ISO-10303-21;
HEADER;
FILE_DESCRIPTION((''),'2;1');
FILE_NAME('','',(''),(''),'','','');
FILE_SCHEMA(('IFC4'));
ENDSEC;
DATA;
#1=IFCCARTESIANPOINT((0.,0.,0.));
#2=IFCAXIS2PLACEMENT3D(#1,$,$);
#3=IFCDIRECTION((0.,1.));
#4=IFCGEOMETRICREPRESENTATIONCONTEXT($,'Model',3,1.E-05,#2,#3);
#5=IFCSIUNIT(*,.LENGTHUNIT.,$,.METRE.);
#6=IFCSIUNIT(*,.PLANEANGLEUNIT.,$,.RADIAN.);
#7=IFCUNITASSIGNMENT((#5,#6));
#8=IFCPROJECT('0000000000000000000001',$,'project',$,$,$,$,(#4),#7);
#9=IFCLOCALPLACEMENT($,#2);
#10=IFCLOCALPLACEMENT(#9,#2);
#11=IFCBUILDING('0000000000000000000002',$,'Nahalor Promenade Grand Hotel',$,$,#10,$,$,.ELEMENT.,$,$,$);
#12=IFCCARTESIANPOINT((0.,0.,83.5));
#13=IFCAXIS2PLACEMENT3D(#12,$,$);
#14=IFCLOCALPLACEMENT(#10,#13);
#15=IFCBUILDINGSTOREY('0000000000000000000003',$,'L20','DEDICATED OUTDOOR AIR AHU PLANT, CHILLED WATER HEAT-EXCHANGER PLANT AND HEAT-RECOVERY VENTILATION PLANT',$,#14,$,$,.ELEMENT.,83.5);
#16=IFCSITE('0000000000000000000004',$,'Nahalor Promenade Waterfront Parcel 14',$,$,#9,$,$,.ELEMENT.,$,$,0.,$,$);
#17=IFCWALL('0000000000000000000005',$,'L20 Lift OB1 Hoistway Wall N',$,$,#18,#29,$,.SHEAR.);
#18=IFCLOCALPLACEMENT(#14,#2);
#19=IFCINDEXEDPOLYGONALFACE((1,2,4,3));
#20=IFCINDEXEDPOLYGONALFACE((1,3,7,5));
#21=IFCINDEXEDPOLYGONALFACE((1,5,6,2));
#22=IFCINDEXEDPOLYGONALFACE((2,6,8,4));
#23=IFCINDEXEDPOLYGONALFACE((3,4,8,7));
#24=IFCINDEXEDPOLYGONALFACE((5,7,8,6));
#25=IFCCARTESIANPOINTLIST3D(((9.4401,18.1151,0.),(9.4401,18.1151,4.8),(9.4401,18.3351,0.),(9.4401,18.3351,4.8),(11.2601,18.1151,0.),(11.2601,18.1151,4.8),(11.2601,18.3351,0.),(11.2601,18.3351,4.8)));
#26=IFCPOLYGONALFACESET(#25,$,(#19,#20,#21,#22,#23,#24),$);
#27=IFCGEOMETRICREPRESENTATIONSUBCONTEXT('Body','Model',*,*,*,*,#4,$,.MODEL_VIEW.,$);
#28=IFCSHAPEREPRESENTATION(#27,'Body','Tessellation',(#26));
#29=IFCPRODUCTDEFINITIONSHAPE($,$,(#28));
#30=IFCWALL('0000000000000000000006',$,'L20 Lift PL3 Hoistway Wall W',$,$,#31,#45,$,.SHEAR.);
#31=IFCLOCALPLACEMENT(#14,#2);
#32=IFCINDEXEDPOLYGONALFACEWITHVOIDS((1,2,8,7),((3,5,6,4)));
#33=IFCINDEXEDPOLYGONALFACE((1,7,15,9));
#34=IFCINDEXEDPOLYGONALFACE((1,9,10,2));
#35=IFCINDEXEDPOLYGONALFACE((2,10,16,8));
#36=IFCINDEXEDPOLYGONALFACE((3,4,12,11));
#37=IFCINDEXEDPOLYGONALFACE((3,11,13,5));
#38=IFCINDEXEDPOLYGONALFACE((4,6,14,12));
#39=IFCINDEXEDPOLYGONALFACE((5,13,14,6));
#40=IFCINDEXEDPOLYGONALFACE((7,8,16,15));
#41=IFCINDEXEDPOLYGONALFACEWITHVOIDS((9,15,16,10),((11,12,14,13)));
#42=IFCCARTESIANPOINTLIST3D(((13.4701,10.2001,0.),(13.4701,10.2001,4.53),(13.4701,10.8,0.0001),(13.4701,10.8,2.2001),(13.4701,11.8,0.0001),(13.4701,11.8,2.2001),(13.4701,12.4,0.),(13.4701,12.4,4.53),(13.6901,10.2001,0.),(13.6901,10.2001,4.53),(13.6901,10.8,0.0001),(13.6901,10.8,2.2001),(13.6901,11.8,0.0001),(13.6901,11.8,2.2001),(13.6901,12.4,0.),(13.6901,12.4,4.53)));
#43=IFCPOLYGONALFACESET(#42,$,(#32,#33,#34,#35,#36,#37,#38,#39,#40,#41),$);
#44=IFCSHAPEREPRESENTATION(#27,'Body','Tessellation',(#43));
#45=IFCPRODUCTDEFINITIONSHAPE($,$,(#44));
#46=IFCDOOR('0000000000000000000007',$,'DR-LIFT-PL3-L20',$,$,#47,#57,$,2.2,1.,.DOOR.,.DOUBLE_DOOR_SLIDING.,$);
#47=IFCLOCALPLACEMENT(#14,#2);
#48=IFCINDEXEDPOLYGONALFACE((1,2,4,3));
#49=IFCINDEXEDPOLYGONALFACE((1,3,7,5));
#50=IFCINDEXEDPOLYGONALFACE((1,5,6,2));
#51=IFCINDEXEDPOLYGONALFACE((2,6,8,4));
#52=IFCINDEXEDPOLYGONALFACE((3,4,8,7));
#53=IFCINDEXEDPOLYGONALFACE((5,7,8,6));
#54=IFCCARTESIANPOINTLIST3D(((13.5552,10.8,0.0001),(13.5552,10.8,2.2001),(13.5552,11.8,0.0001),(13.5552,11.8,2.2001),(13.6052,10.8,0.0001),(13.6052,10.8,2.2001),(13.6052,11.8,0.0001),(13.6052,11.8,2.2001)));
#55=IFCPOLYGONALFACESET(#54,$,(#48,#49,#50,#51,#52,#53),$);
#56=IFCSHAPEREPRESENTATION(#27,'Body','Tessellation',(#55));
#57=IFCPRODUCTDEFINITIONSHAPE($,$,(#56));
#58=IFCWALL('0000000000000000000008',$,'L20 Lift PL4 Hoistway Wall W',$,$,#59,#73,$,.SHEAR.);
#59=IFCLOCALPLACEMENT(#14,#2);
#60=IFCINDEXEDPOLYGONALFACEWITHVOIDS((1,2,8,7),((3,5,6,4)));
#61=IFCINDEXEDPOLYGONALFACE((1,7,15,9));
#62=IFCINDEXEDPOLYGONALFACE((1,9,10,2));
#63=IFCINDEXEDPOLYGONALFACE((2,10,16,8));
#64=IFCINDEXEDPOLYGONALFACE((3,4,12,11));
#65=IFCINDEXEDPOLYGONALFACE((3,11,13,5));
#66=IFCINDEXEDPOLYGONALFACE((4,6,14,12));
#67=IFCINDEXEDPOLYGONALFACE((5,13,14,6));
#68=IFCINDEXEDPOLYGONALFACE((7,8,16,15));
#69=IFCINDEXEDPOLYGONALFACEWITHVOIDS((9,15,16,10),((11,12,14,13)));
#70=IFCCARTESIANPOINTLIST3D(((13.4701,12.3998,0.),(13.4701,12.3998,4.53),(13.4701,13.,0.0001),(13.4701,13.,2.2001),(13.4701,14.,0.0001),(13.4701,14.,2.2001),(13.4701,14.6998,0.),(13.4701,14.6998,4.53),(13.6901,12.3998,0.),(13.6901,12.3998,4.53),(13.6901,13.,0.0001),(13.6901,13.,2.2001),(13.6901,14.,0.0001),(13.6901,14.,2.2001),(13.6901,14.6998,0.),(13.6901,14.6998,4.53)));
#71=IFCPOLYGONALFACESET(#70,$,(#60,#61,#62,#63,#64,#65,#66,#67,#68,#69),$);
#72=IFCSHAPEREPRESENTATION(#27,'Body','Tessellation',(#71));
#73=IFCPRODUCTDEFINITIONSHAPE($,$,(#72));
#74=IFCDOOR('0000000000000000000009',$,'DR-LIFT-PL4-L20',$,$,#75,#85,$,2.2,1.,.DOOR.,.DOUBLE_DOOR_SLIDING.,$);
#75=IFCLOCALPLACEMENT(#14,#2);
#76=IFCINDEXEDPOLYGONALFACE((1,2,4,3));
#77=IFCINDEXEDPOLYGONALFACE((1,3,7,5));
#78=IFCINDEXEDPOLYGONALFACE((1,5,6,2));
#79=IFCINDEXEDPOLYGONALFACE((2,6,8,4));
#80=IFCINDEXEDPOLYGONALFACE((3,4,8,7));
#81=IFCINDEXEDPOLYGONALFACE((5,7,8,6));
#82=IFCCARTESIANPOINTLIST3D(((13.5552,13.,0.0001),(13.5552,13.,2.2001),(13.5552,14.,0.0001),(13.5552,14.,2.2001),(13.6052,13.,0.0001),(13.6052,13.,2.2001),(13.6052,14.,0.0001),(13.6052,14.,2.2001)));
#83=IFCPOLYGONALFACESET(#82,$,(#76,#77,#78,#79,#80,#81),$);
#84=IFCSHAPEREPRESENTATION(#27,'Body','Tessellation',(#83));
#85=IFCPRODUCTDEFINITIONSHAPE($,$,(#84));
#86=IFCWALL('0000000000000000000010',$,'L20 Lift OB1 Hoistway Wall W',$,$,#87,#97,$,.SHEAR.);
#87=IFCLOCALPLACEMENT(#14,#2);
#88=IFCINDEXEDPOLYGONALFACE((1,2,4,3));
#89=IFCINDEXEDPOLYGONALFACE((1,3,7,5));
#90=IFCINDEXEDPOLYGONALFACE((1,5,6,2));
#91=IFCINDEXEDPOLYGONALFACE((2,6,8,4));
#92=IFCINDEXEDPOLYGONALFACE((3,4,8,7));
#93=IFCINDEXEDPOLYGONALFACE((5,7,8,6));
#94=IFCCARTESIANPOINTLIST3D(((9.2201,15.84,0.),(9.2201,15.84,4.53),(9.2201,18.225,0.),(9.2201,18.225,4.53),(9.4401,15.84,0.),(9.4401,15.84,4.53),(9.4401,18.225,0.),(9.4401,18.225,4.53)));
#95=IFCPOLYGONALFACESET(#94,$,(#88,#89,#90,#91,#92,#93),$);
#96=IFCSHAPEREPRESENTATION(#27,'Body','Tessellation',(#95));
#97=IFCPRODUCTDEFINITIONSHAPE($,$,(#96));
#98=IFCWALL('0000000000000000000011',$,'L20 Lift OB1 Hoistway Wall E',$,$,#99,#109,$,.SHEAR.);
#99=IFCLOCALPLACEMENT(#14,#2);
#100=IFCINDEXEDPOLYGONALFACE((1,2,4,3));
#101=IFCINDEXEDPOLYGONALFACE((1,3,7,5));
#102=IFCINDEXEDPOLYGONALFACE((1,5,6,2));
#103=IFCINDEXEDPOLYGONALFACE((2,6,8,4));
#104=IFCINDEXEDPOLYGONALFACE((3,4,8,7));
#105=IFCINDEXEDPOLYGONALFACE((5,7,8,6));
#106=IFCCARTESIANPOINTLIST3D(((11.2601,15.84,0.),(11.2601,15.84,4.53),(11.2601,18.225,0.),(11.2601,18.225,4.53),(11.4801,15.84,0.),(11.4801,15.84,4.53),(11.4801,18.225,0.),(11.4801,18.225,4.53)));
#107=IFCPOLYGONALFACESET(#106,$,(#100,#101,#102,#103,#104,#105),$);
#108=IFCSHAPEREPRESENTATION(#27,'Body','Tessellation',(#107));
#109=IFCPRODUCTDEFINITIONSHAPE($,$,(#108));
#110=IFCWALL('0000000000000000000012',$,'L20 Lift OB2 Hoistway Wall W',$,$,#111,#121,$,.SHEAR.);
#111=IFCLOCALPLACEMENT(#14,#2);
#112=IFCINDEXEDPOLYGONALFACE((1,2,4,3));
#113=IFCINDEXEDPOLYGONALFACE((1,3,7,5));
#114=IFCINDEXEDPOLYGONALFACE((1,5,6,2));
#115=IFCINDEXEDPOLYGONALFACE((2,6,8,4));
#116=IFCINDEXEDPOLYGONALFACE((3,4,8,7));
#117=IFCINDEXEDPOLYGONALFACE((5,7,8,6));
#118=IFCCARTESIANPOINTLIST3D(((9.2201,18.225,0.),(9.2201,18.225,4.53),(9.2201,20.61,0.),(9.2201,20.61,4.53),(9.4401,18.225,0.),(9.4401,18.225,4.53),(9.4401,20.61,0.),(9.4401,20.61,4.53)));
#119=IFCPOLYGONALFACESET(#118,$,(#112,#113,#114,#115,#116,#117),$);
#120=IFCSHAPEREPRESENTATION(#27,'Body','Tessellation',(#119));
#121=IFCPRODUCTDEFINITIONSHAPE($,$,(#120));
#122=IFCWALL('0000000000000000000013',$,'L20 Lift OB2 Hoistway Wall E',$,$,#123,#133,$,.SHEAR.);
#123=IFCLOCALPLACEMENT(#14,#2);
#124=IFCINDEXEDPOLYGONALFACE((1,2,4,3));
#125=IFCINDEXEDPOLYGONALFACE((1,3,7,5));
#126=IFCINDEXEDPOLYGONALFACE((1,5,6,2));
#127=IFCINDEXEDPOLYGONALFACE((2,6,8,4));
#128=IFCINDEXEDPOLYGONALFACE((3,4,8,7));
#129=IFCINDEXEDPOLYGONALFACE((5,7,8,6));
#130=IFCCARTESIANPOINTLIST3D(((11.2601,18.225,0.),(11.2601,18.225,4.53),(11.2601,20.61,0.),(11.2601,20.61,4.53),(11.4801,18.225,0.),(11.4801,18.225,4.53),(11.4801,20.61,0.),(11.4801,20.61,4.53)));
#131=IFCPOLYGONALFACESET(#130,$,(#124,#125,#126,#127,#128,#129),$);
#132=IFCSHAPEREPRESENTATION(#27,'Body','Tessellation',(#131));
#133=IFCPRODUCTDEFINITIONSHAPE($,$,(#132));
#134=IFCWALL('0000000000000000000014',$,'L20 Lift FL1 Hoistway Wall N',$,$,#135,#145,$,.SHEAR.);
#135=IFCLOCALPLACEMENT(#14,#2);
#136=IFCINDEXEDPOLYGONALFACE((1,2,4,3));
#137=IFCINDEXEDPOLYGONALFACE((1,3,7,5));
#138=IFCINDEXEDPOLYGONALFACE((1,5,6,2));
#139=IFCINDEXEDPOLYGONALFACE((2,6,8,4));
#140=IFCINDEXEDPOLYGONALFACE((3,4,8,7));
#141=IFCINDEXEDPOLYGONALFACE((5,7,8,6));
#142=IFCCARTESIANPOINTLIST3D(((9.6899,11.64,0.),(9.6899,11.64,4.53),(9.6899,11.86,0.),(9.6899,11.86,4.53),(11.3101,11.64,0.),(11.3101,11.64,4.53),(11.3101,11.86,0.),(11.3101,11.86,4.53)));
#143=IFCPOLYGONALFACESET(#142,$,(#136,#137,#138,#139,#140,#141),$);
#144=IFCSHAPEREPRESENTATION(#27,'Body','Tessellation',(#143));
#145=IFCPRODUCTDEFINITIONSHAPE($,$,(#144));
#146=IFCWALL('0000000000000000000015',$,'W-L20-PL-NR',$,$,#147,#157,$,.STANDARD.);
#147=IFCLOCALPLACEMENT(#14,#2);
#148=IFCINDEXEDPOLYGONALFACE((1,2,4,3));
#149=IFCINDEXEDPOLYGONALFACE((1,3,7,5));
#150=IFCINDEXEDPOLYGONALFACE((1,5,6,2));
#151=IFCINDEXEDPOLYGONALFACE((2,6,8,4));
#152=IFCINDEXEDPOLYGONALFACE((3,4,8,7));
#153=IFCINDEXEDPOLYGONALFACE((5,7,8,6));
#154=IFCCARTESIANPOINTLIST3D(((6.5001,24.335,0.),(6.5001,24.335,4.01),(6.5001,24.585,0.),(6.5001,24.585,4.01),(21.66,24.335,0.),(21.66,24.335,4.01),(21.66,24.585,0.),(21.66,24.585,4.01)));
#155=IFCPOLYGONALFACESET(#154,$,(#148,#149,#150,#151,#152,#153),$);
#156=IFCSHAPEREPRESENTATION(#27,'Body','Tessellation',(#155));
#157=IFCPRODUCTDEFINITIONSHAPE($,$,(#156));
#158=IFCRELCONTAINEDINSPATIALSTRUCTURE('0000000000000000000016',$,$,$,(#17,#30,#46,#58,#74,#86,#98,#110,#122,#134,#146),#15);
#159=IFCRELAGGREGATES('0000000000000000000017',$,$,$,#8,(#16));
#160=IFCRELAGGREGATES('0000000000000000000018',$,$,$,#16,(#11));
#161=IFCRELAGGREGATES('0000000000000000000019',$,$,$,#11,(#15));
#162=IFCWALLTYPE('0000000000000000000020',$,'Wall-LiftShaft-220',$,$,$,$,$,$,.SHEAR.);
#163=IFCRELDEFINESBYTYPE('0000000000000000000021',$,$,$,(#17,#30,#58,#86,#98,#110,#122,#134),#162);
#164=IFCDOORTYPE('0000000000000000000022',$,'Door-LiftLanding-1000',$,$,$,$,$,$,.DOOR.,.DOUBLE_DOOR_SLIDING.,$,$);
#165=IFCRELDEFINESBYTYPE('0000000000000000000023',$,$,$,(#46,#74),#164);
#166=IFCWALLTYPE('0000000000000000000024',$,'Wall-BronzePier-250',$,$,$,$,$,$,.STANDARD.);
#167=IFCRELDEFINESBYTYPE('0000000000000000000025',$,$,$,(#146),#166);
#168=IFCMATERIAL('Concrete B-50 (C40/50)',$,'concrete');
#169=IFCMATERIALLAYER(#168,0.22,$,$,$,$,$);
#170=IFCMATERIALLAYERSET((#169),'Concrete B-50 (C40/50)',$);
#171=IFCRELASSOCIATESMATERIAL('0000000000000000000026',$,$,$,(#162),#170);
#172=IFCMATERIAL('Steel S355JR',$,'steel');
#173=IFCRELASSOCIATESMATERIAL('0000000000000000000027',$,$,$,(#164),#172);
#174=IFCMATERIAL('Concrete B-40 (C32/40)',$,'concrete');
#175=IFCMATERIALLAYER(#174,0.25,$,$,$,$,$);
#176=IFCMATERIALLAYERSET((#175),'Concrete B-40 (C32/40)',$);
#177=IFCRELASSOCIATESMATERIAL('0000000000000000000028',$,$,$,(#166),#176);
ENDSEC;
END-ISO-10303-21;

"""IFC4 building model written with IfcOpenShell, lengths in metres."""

from ifc_helpers import new_model, si_unit, direction, frame, frame_2d, origin, place, context, subcontext, project, spatial, rectangle, extrude, source, transform, mapped, material, layer, layer_set, type_object, element, fill, save


model = new_model("IFC4")

# Units and contexts
model_context = context("Model", 3, precision=1e-05, world=origin(), true_north=direction((0.0, 1.0)))
body_context = subcontext(model_context, "Body", "Model", "MODEL_VIEW")
ifc_project = project(units=[si_unit("LENGTHUNIT", "METRE"), si_unit("PLANEANGLEUNIT", "RADIAN")], contexts=[model_context])

# Site, building, storey
site_placement = place(None, origin())
site = spatial("IfcSite", under=ifc_project, at=site_placement, Name="Nahalor Promenade Waterfront Parcel 14", CompositionType="ELEMENT", RefElevation=0.0)
building_placement = place(site_placement, origin())
building = spatial("IfcBuilding", under=site, at=building_placement, Name="Nahalor Promenade Grand Hotel", CompositionType="ELEMENT")
storey_placement = place(building_placement, frame((0.0, 0.0, 83.5)))
storey = spatial("IfcBuildingStorey", under=building, at=storey_placement, Name="L20", Description="DEDICATED OUTDOOR AIR AHU PLANT, CHILLED WATER HEAT-EXCHANGER PLANT AND HEAT-RECOVERY VENTILATION PLANT", CompositionType="ELEMENT", Elevation=83.5)

# Shared definitions
ifc_material_1 = material(Name="Steel S355JR", Category="steel")

# Wall
ifc_material_2 = material(Name="Concrete B-50 (C40/50)", Category="concrete")
ifc_layer_1 = layer(ifc_material_2, 0.22)
ifc_layer_set_1 = layer_set([ifc_layer_1], Name="Concrete B-50 (C40/50)")
wall_type_1 = type_object("IfcWallType", Name="Wall-LiftShaft-220", PredefinedType="SHEAR", material=ifc_layer_set_1)
shared_shape_1 = source(origin(), body_context, "Body", "SweptSolid", [
    extrude(rectangle(XDim=1.8201, YDim=0.22, at=frame_2d((0.9102, 0.0))), origin(), (0.0, 0.0, 1.0), 4.8),
])
wall_1_placement = place(storey_placement, frame((9.4399, 18.2251, 0.0), z_axis=(0.0, 0.0, 1.0), x_axis=(1.0, 0.0, 0.0)))
element("IfcWall", 1, at=wall_1_placement, inside=storey, type_object=wall_type_1, Name="L20 Lift OB1 Hoistway Wall N", PredefinedType="SHEAR", context=body_context, shape_type="MappedRepresentation", body=[
    mapped(shared_shape_1, transform((0.0, 0.0, 0.0), scale=1.0)),
])

# Walls, openings, doors
shared_shape_2 = source(origin(), body_context, "Body", "SweptSolid", [
    extrude(rectangle(XDim=2.2, YDim=0.22, at=frame_2d((1.1001, 0.0))), origin(), (0.0, 0.0, 1.0), 4.53),
])
wall_2_placement = place(storey_placement, frame((13.5801, 10.2, 0.0), z_axis=(0.0, 0.0, 1.0), x_axis=(0.0, 1.0, 0.0)))
wall_2 = element("IfcWall", 2, at=wall_2_placement, inside=storey, type_object=wall_type_1, Name="L20 Lift PL3 Hoistway Wall W", PredefinedType="SHEAR", context=body_context, shape_type="MappedRepresentation", body=[
    mapped(shared_shape_2, transform((0.0, 0.0, 0.0), scale=1.0)),
])
opening_1_placement = place(wall_2_placement, frame((0.6001, 0.0, 0.0)))
opening_1 = element("IfcOpeningElement", 3, at=opening_1_placement, cuts=wall_2, PredefinedType="OPENING", context=body_context, shape_type="SweptSolid", body=[
    extrude(rectangle(XDim=1.0, YDim=2.2, at=frame_2d((0.5, 1.1001))), frame((0.0, 0.1199, 0.0), z_axis=(0.0, -1.0, 0.0), x_axis=(1.0, 0.0, 0.0)), (0.0, 0.0, 1.0), 0.24),
])
door_type = type_object("IfcDoorType", Name="Door-LiftLanding-1000", OperationType="DOUBLE_DOOR_SLIDING", PredefinedType="DOOR", material=ifc_material_1)
shared_shape_3 = source(origin(), body_context, "Body", "SweptSolid", [
    extrude(rectangle(XDim=1.0, YDim=2.2, at=frame_2d((0.5, 1.1001))), frame((0.0, 0.0249, 0.0), z_axis=(0.0, -1.0, 0.0), x_axis=(1.0, 0.0, 0.0)), (0.0, 0.0, 1.0), 0.05),
])
door_1_placement = place(opening_1_placement, origin())
door_1 = element("IfcDoor", 4, at=door_1_placement, inside=storey, type_object=door_type, Name="DR-LIFT-PL3-L20", OperationType="DOUBLE_DOOR_SLIDING", OverallHeight=2.2, OverallWidth=1.0, PredefinedType="DOOR", context=body_context, shape_type="MappedRepresentation", body=[
    mapped(shared_shape_3, transform((0.0, 0.0, 0.0), scale=1.0)),
])
fill(opening_1, door_1)
shared_shape_4 = source(origin(), body_context, "Body", "SweptSolid", [
    extrude(rectangle(XDim=2.3, YDim=0.22, at=frame_2d((1.1499, 0.0))), origin(), (0.0, 0.0, 1.0), 4.53),
])
wall_3_placement = place(storey_placement, frame((13.5801, 12.3999, 0.0), z_axis=(0.0, 0.0, 1.0), x_axis=(0.0, 1.0, 0.0)))
wall_3 = element("IfcWall", 5, at=wall_3_placement, inside=storey, type_object=wall_type_1, Name="L20 Lift PL4 Hoistway Wall W", PredefinedType="SHEAR", context=body_context, shape_type="MappedRepresentation", body=[
    mapped(shared_shape_4, transform((0.0, 0.0, 0.0), scale=1.0)),
])
opening_2_placement = place(wall_3_placement, frame((0.6001, 0.0, 0.0)))
opening_2 = element("IfcOpeningElement", 6, at=opening_2_placement, cuts=wall_3, PredefinedType="OPENING", context=body_context, shape_type="SweptSolid", body=[
    extrude(rectangle(XDim=1.0, YDim=2.2, at=frame_2d((0.5, 1.1001))), frame((0.0, 0.1199, 0.0), z_axis=(0.0, -1.0, 0.0), x_axis=(1.0, 0.0, 0.0)), (0.0, 0.0, 1.0), 0.24),
])
door_2_placement = place(opening_2_placement, origin())
door_2 = element("IfcDoor", 7, at=door_2_placement, inside=storey, type_object=door_type, Name="DR-LIFT-PL4-L20", OperationType="DOUBLE_DOOR_SLIDING", OverallHeight=2.2, OverallWidth=1.0, PredefinedType="DOOR", context=body_context, shape_type="MappedRepresentation", body=[
    mapped(shared_shape_3, transform((0.0, 0.0, 0.0), scale=1.0)),
])
fill(opening_2, door_2)

# Walls
shared_shape_5 = source(origin(), body_context, "Body", "SweptSolid", [
    extrude(rectangle(XDim=2.385, YDim=0.22, at=frame_2d((1.1924, 0.0))), origin(), (0.0, 0.0, 1.0), 4.53),
])
for number, where, z_axis, x_axis, name in (
    (8, (9.3301, 15.8401, 0.0), (0.0, 0.0, 1.0), (0.0, 1.0, 0.0), "L20 Lift OB1 Hoistway Wall W"),
    (9, (11.3701, 15.8401, 0.0), (0.0, 0.0, 1.0), (0.0, 1.0, 0.0), "L20 Lift OB1 Hoistway Wall E"),
    (10, (9.3301, 18.2251, 0.0), (0.0, 0.0, 1.0), (0.0, 1.0, 0.0), "L20 Lift OB2 Hoistway Wall W"),
    (11, (11.3701, 18.2251, 0.0), (0.0, 0.0, 1.0), (0.0, 1.0, 0.0), "L20 Lift OB2 Hoistway Wall E"),
):
    element("IfcWall", number, at=place(storey_placement, frame(where, z_axis=z_axis, x_axis=x_axis)), inside=storey, type_object=wall_type_1, Name=name, PredefinedType="SHEAR", context=body_context, shape_type="MappedRepresentation", body=[
        mapped(shared_shape_5, transform((0.0, 0.0, 0.0), scale=1.0)),
    ])
shared_shape_6 = source(origin(), body_context, "Body", "SweptSolid", [
    extrude(rectangle(XDim=1.6201, YDim=0.22, at=frame_2d((0.8101, 0.0))), origin(), (0.0, 0.0, 1.0), 4.53),
])
wall_4_placement = place(storey_placement, frame((9.6899, 11.75, 0.0), z_axis=(0.0, 0.0, 1.0), x_axis=(1.0, 0.0, 0.0)))
element("IfcWall", 12, at=wall_4_placement, inside=storey, type_object=wall_type_1, Name="L20 Lift FL1 Hoistway Wall N", PredefinedType="SHEAR", context=body_context, shape_type="MappedRepresentation", body=[
    mapped(shared_shape_6, transform((0.0, 0.0, 0.0), scale=1.0)),
])
ifc_material_3 = material(Name="Concrete B-40 (C32/40)", Category="concrete")
ifc_layer_2 = layer(ifc_material_3, 0.25)
ifc_layer_set_2 = layer_set([ifc_layer_2], Name="Concrete B-40 (C32/40)")
wall_type_2 = type_object("IfcWallType", Name="Wall-BronzePier-250", PredefinedType="STANDARD", material=ifc_layer_set_2)
shared_shape_7 = source(origin(), body_context, "Body", "SweptSolid", [
    extrude(rectangle(XDim=15.1599, YDim=0.25, at=frame_2d((7.5801, 0.0))), origin(), (0.0, 0.0, 1.0), 4.01),
])
wall_5_placement = place(storey_placement, frame((6.5, 24.46, 0.0), z_axis=(0.0, 0.0, 1.0), x_axis=(1.0, 0.0, 0.0)))
element("IfcWall", 13, at=wall_5_placement, inside=storey, type_object=wall_type_2, Name="W-L20-PL-NR", PredefinedType="STANDARD", context=body_context, shape_type="MappedRepresentation", body=[
    mapped(shared_shape_7, transform((0.0, 0.0, 0.0), scale=1.0)),
])

save(model, "model.ifc")
